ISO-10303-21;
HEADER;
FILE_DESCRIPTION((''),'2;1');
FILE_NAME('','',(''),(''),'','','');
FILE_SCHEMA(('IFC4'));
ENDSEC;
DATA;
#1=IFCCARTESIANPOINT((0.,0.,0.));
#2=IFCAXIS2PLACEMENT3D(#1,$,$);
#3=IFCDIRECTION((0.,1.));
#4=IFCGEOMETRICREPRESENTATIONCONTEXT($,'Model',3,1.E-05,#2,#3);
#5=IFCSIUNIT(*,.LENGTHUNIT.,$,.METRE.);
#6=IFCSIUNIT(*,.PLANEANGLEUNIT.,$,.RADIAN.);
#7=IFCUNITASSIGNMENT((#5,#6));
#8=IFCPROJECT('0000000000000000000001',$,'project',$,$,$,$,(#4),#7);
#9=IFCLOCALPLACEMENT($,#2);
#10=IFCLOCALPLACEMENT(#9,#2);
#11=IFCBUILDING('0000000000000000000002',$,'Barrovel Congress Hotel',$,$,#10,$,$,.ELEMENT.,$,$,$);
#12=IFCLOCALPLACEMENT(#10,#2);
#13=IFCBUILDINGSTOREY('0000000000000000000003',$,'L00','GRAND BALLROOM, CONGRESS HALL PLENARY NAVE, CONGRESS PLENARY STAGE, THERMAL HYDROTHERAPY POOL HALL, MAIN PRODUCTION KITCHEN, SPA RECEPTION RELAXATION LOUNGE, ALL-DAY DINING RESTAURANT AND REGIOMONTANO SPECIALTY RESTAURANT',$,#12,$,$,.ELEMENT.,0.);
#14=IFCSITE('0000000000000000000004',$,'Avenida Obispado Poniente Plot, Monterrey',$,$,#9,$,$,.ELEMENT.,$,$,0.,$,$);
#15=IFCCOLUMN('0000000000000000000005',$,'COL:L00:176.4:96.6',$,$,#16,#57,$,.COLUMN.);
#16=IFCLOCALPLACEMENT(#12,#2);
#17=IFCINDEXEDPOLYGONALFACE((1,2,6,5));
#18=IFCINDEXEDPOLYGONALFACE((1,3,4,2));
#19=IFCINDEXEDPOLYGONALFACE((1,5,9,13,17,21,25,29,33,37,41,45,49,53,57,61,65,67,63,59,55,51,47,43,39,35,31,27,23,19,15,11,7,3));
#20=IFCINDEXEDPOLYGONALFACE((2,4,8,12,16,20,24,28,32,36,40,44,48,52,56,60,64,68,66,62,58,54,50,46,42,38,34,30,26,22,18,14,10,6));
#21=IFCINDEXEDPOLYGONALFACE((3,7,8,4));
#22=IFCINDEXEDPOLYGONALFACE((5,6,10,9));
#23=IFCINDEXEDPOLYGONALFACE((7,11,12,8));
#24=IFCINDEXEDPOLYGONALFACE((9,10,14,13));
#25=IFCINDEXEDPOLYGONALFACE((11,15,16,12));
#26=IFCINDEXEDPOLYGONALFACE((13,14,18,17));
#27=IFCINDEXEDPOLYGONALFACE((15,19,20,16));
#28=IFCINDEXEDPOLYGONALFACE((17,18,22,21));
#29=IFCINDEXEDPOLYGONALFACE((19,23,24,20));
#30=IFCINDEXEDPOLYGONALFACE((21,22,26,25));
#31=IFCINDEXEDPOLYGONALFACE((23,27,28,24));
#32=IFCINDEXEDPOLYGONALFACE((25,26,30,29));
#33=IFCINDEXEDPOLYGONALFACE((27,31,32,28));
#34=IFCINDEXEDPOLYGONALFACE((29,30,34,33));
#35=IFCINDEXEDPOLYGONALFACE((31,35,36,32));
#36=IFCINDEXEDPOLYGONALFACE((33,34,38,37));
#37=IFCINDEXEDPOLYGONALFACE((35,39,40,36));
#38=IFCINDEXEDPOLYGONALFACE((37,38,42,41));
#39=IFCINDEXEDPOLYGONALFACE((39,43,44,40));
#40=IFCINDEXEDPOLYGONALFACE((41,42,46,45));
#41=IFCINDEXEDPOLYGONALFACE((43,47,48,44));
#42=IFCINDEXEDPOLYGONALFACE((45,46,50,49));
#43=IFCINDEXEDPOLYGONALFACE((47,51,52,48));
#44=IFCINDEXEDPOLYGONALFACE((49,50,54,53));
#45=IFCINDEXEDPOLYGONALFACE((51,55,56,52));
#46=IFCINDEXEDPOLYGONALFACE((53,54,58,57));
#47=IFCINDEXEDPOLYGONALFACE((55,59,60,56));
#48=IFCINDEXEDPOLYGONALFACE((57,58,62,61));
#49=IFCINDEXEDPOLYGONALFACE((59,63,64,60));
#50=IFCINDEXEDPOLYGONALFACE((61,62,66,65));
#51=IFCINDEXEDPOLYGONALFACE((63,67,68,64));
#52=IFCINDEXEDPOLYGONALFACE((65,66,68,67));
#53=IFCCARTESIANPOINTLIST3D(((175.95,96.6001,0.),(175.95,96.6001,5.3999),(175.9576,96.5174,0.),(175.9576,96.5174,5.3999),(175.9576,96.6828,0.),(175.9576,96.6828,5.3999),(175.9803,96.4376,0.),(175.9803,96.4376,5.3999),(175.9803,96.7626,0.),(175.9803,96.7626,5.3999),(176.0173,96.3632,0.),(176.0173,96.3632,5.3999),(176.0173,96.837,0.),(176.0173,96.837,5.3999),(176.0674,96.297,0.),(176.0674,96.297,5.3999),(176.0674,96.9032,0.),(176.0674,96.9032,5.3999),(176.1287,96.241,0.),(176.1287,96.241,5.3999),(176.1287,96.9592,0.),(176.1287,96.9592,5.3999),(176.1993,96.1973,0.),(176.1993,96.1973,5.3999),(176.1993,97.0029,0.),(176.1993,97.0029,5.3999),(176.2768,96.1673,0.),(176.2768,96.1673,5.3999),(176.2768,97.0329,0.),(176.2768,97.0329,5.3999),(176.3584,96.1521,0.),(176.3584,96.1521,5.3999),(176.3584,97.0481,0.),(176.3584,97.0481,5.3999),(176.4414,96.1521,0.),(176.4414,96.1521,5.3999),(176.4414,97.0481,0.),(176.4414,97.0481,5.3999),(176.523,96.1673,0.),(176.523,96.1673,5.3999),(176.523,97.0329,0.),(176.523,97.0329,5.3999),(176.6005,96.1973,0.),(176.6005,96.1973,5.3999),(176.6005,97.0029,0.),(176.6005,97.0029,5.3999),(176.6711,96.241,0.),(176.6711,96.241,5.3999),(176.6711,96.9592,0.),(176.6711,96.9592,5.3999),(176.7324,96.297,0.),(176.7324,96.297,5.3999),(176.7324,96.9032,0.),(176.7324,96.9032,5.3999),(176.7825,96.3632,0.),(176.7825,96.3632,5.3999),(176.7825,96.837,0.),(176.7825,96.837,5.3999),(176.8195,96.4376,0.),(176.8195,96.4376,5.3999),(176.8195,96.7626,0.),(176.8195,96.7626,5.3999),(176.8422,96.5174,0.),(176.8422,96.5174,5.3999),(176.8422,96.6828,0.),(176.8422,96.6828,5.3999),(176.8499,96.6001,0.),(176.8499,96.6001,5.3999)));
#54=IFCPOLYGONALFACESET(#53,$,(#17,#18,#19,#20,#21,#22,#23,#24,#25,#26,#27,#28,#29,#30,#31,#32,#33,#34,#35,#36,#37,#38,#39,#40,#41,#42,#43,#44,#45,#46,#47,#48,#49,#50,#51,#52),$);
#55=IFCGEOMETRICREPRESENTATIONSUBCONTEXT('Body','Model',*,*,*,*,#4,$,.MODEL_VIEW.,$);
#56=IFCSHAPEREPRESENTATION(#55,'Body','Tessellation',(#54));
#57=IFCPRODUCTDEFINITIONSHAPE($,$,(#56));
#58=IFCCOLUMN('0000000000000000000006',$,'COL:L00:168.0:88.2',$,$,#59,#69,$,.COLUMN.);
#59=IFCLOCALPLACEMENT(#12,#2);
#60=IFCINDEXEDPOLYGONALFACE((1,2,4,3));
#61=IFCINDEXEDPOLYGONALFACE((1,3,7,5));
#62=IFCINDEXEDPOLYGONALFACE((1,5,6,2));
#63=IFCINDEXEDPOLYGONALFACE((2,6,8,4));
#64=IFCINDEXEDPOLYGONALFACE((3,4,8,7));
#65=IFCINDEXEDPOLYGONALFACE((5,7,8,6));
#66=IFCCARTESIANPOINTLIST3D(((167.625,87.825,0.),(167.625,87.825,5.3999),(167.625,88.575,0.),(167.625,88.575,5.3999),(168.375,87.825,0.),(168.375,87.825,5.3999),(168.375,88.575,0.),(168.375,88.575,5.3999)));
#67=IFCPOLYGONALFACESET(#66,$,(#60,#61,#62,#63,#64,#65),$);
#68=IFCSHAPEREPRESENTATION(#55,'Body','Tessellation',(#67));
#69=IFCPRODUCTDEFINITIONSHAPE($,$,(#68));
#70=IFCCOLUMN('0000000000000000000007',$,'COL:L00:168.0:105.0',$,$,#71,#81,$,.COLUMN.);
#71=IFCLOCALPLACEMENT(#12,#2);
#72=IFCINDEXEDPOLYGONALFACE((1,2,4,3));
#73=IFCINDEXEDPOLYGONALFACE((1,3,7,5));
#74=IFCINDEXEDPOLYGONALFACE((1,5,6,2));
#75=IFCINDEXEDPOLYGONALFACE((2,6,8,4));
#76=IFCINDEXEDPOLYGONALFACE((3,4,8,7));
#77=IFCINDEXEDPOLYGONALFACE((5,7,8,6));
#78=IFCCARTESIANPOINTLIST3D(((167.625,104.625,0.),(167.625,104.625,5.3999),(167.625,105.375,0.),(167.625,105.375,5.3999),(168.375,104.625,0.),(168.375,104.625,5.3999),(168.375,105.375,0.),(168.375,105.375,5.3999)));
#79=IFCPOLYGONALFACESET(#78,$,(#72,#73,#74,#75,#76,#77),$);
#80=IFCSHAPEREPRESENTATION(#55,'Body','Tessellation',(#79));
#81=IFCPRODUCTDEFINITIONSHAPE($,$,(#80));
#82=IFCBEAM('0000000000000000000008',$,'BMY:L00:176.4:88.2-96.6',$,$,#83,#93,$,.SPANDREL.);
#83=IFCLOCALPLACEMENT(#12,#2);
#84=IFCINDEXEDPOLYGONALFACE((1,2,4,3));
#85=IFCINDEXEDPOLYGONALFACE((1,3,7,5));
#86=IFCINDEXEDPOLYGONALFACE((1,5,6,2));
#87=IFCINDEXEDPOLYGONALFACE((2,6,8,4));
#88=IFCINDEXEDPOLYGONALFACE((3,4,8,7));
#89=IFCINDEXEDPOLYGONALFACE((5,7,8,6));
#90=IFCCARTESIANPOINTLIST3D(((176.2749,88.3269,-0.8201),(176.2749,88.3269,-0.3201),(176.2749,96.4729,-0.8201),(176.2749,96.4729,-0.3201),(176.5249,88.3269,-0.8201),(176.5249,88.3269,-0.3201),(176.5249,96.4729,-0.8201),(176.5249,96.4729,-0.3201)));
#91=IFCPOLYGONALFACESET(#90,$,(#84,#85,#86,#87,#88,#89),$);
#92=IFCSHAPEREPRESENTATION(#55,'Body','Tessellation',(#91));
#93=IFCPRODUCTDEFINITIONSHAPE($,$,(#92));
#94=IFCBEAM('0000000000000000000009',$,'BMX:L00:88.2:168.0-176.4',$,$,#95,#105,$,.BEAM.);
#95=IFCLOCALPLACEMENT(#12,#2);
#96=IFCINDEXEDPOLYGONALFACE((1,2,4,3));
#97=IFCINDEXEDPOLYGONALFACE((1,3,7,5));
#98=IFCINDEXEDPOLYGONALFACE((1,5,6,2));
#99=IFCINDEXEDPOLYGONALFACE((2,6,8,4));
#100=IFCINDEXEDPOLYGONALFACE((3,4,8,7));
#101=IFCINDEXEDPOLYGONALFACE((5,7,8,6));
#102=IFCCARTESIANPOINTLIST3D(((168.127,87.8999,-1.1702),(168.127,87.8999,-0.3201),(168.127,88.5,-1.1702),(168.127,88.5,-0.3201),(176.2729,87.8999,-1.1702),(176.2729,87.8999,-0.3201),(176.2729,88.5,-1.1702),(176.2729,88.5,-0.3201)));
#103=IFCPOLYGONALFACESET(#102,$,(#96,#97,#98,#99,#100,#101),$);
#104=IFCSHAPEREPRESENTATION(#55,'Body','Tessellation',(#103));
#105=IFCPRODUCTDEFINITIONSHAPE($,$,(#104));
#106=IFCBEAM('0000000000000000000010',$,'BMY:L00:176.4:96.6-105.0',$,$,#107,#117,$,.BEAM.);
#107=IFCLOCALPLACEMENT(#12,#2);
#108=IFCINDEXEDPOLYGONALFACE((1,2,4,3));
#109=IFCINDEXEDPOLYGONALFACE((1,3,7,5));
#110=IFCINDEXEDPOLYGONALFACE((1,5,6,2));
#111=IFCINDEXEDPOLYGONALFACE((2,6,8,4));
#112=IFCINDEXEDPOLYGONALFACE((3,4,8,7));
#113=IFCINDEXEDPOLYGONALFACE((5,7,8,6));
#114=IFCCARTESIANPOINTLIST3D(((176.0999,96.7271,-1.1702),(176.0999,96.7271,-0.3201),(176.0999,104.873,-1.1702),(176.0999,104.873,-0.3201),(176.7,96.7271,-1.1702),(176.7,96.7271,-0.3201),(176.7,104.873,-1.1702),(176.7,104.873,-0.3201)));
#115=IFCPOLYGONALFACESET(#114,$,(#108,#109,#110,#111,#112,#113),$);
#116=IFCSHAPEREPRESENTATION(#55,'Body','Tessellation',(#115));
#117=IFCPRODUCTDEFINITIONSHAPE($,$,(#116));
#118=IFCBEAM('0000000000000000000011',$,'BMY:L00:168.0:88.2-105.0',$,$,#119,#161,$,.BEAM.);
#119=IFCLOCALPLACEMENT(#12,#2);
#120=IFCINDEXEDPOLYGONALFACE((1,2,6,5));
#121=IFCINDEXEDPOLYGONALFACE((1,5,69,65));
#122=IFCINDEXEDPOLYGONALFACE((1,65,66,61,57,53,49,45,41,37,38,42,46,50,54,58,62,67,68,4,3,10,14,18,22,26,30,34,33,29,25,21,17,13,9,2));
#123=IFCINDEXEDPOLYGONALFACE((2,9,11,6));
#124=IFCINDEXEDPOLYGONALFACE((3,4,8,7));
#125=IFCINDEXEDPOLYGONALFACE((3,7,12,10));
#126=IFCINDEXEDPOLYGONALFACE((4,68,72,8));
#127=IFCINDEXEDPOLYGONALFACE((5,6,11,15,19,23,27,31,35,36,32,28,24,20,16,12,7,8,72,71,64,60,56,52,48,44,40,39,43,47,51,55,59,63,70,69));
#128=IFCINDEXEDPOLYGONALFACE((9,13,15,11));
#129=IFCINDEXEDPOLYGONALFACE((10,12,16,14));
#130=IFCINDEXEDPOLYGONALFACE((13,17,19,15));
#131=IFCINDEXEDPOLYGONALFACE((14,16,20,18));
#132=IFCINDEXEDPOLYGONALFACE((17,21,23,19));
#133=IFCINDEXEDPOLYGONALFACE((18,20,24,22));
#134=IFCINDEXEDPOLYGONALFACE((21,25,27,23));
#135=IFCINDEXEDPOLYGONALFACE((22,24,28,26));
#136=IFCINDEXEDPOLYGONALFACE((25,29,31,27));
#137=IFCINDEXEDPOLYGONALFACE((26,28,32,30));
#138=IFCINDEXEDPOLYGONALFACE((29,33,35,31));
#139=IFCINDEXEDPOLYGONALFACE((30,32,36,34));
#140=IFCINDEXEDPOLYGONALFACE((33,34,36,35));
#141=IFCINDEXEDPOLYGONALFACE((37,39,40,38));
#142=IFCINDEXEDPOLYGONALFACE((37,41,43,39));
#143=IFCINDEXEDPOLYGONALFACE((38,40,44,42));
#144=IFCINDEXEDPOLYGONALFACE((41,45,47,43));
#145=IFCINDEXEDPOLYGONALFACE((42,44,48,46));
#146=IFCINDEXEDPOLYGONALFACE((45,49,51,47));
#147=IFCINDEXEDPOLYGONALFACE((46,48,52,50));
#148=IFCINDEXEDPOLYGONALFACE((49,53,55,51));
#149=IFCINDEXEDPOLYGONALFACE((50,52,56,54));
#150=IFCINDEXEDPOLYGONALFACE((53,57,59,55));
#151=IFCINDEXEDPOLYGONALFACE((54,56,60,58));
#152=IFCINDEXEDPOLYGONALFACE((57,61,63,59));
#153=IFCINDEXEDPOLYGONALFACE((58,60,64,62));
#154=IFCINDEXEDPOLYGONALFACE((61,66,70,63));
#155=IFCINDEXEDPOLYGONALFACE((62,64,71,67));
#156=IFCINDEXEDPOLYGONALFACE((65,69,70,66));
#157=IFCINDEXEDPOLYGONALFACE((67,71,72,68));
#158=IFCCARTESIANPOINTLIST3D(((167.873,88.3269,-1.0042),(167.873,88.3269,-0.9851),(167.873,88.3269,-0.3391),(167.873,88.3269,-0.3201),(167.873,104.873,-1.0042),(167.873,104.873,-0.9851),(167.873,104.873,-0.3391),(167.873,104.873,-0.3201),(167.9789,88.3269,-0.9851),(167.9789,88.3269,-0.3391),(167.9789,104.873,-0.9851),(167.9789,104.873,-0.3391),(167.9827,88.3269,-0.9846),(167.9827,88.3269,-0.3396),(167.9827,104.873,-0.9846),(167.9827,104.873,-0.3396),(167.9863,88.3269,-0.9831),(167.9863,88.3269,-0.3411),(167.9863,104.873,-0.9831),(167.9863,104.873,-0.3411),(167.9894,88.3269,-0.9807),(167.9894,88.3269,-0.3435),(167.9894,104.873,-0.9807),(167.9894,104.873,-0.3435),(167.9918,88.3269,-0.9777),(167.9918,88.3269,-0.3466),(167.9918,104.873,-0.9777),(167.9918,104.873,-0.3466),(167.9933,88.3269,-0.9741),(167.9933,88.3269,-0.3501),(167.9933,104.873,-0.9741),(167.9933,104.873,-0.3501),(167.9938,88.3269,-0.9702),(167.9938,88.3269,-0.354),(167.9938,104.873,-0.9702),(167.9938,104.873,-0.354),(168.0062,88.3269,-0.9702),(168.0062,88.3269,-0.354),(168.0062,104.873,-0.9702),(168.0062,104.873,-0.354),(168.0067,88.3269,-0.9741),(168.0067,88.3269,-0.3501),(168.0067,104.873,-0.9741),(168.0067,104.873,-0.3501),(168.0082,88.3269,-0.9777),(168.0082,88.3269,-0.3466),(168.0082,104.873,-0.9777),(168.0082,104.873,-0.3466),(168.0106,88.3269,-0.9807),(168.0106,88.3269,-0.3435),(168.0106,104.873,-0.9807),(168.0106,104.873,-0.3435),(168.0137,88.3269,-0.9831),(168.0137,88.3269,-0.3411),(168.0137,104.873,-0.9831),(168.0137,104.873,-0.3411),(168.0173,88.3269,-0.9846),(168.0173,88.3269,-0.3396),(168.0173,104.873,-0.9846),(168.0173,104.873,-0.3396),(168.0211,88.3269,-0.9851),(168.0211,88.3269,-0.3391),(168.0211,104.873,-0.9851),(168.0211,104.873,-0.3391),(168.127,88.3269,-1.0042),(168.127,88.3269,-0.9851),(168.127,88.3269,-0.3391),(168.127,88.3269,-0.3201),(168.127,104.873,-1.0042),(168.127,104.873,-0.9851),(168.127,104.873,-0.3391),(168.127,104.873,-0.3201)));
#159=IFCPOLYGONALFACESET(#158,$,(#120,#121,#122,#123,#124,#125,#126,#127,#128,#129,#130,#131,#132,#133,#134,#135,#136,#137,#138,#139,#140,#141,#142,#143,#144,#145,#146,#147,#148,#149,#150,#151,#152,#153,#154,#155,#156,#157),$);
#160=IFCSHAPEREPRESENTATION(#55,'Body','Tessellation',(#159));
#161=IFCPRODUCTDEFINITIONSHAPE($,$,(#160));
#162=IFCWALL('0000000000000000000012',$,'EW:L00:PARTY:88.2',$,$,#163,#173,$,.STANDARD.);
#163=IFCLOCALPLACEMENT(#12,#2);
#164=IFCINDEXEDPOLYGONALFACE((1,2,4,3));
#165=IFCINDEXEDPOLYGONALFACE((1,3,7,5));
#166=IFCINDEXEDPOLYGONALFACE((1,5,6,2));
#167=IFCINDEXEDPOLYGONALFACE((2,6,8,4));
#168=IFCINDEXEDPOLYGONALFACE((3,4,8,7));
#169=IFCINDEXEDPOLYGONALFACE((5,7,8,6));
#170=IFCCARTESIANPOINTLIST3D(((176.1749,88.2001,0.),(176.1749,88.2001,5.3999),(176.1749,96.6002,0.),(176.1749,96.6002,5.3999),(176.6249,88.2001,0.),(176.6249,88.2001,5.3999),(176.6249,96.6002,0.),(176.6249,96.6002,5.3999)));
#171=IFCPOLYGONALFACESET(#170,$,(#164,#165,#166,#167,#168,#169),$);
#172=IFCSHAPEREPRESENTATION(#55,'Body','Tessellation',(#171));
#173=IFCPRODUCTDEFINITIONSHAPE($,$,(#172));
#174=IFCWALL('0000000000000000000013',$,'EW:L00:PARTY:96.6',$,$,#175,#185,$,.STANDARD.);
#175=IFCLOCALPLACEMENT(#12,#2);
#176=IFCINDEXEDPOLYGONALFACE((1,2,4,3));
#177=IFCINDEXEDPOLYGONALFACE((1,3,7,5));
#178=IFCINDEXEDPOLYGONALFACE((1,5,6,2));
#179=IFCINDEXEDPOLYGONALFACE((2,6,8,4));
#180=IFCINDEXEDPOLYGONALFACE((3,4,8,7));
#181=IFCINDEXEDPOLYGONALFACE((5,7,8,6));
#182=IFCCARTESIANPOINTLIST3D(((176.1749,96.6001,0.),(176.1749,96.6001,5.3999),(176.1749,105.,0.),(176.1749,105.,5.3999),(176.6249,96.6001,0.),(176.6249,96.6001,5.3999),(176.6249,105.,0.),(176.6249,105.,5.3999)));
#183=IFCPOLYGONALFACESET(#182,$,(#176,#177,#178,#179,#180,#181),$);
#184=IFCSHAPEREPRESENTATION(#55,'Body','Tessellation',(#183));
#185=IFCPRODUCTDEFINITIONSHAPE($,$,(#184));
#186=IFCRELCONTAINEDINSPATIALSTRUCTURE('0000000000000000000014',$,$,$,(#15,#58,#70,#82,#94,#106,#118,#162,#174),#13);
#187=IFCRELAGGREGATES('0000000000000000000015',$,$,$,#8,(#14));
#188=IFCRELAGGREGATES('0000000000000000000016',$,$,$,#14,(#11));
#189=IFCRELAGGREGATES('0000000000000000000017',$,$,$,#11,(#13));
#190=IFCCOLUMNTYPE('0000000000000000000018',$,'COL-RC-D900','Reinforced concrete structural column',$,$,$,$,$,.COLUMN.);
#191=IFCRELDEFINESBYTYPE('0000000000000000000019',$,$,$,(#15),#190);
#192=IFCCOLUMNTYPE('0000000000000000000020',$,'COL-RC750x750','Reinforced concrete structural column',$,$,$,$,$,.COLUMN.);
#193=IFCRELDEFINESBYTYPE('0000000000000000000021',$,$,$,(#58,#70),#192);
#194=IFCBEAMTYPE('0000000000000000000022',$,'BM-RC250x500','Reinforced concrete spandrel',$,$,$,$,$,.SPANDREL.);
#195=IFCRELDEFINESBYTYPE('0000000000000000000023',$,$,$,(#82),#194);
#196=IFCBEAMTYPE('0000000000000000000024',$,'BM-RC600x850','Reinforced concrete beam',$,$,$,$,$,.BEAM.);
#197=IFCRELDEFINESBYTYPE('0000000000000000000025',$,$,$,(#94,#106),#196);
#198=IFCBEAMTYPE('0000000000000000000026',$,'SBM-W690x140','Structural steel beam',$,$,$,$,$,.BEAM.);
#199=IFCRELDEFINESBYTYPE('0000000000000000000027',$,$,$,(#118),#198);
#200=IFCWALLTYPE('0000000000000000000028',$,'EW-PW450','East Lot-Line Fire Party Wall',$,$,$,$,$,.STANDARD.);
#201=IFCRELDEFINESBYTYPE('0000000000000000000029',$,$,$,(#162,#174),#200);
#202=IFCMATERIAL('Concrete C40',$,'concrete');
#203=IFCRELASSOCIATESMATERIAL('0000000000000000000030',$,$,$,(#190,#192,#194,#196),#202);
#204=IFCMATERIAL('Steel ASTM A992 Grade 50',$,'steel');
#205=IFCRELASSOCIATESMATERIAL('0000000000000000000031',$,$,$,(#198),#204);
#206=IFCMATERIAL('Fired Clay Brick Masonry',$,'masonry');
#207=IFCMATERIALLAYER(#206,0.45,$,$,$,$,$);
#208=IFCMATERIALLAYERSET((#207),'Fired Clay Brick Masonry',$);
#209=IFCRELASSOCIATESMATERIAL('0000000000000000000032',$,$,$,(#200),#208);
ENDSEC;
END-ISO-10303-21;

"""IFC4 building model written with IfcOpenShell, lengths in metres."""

from ifc_helpers import new_model, si_unit, direction, frame, frame_2d, origin, origin_2d, place, context, subcontext, project, spatial, rectangle, circle, i_section, extrude, material, layer, layer_set, material_profile, profile_set, type_object, element, save


model = new_model("IFC4")

# Units and contexts
model_context = context("Model", 3, precision=1e-05, world=origin(), true_north=direction((0.0, 1.0)))
body_context = subcontext(model_context, "Body", "Model", "MODEL_VIEW")
ifc_project = project(units=[si_unit("LENGTHUNIT", "METRE"), si_unit("PLANEANGLEUNIT", "RADIAN")], contexts=[model_context])

# Site, building, storey
site_placement = place(None, origin())
site = spatial("IfcSite", under=ifc_project, at=site_placement, Name="Avenida Obispado Poniente Plot, Monterrey", CompositionType="ELEMENT", RefElevation=0.0)
building_placement = place(site_placement, origin())
building = spatial("IfcBuilding", under=site, at=building_placement, Name="Barrovel Congress Hotel", CompositionType="ELEMENT")
storey_placement = place(building_placement, origin())
storey = spatial("IfcBuildingStorey", under=building, at=storey_placement, Name="L00", Description="GRAND BALLROOM, CONGRESS HALL PLENARY NAVE, CONGRESS PLENARY STAGE, THERMAL HYDROTHERAPY POOL HALL, MAIN PRODUCTION KITCHEN, SPA RECEPTION RELAXATION LOUNGE, ALL-DAY DINING RESTAURANT AND REGIOMONTANO SPECIALTY RESTAURANT", CompositionType="ELEMENT", Elevation=0.0)

# Shared definitions
ifc_material_1 = material(Name="Concrete C40", Category="concrete")

# Columns
ifc_material_profile_1 = material_profile(ifc_material_1, circle(Radius=0.45, at=origin_2d()), Name="RC-D900")
ifc_profile_set_1 = profile_set([ifc_material_profile_1], Name="Concrete C40")
column_type_1 = type_object("IfcColumnType", Name="COL-RC-D900", Description="Reinforced concrete structural column", PredefinedType="COLUMN", material=ifc_profile_set_1)
for number, where, z_axis, x_axis, name in (
    (1, (176.3999, 96.6001, 0.0), (0.0, 0.0, 1.0), (1.0, 0.0, 0.0), "COL:L00:176.4:96.6"),
):
    element("IfcColumn", number, at=place(storey_placement, frame(where, z_axis=z_axis, x_axis=x_axis)), inside=storey, type_object=column_type_1, Name=name, PredefinedType="COLUMN", context=body_context, shape_type="SweptSolid", body=[
        extrude(circle(Radius=0.45, at=origin_2d()), origin(), (0.0, 0.0, 1.0), 5.3999),
    ])
ifc_material_profile_2 = material_profile(ifc_material_1, rectangle(XDim=0.75, YDim=0.75, at=origin_2d()), Name="RC750x750")
ifc_profile_set_2 = profile_set([ifc_material_profile_2], Name="Concrete C40")
column_type_2 = type_object("IfcColumnType", Name="COL-RC750x750", Description="Reinforced concrete structural column", PredefinedType="COLUMN", material=ifc_profile_set_2)
for number, where, z_axis, x_axis, name in (
    (2, (168.0, 88.2, 0.0), (0.0, 0.0, 1.0), (1.0, 0.0, 0.0), "COL:L00:168.0:88.2"),
    (3, (168.0, 105.0, 0.0), (0.0, 0.0, 1.0), (1.0, 0.0, 0.0), "COL:L00:168.0:105.0"),
):
    element("IfcColumn", number, at=place(storey_placement, frame(where, z_axis=z_axis, x_axis=x_axis)), inside=storey, type_object=column_type_2, Name=name, PredefinedType="COLUMN", context=body_context, shape_type="SweptSolid", body=[
        extrude(rectangle(XDim=0.75, YDim=0.75, at=origin_2d()), origin(), (0.0, 0.0, 1.0), 5.3999),
    ])

# Beams
ifc_material_profile_3 = material_profile(ifc_material_1, rectangle(XDim=0.25, YDim=0.5, at=origin_2d()), Name="RC250x500")
ifc_profile_set_3 = profile_set([ifc_material_profile_3], Name="Concrete C40")
beam_type_1 = type_object("IfcBeamType", Name="BM-RC250x500", Description="Reinforced concrete spandrel", PredefinedType="SPANDREL", material=ifc_profile_set_3)
beam_1_placement = place(storey_placement, frame((176.3999, 88.3269, -0.5701), z_axis=(0.0, 1.0, 0.0), x_axis=(-1.0, 0.0, 0.0)))
element("IfcBeam", 4, at=beam_1_placement, inside=storey, type_object=beam_type_1, Name="BMY:L00:176.4:88.2-96.6", PredefinedType="SPANDREL", context=body_context, shape_type="SweptSolid", body=[
    extrude(rectangle(XDim=0.25, YDim=0.5, at=origin_2d()), origin(), (0.0, 0.0, 1.0), 8.146),
])
ifc_material_profile_4 = material_profile(ifc_material_1, rectangle(XDim=0.6001, YDim=0.8501, at=origin_2d()), Name="RC600x850")
ifc_profile_set_4 = profile_set([ifc_material_profile_4], Name="Concrete C40")
beam_type_2 = type_object("IfcBeamType", Name="BM-RC600x850", Description="Reinforced concrete beam", PredefinedType="BEAM", material=ifc_profile_set_4)
for number, where, z_axis, x_axis, name in (
    (5, (168.127, 88.2, -0.7451), (1.0, 0.0, 0.0), (0.0, 1.0, 0.0), "BMX:L00:88.2:168.0-176.4"),
    (6, (176.3999, 96.7271, -0.7451), (0.0, 1.0, 0.0), (-1.0, 0.0, 0.0), "BMY:L00:176.4:96.6-105.0"),
):
    element("IfcBeam", number, at=place(storey_placement, frame(where, z_axis=z_axis, x_axis=x_axis)), inside=storey, type_object=beam_type_2, Name=name, PredefinedType="BEAM", context=body_context, shape_type="SweptSolid", body=[
        extrude(rectangle(XDim=0.6001, YDim=0.8501, at=origin_2d()), origin(), (0.0, 0.0, 1.0), 8.146),
    ])
ifc_material_2 = material(Name="Steel ASTM A992 Grade 50", Category="steel")
ifc_material_profile_5 = material_profile(ifc_material_2, i_section(OverallWidth=0.2539, OverallDepth=0.6841, WebThickness=0.0125, FlangeThickness=0.019, FilletRadius=0.0149, at=origin_2d()), Name="W690x140")
ifc_profile_set_5 = profile_set([ifc_material_profile_5], Name="Steel ASTM A992 Grade 50")
beam_type_3 = type_object("IfcBeamType", Name="SBM-W690x140", Description="Structural steel beam", PredefinedType="BEAM", material=ifc_profile_set_5)
beam_2_placement = place(storey_placement, frame((168.0, 88.3269, -0.6621), z_axis=(0.0, 1.0, 0.0), x_axis=(-1.0, 0.0, 0.0)))
element("IfcBeam", 7, at=beam_2_placement, inside=storey, type_object=beam_type_3, Name="BMY:L00:168.0:88.2-105.0", PredefinedType="BEAM", context=body_context, shape_type="SweptSolid", body=[
    extrude(i_section(OverallWidth=0.2539, OverallDepth=0.6841, WebThickness=0.0125, FlangeThickness=0.019, FilletRadius=0.0149, at=origin_2d()), origin(), (0.0, 0.0, 1.0), 16.5461),
])

# Walls
ifc_material_3 = material(Name="Fired Clay Brick Masonry", Category="masonry")
ifc_layer = layer(ifc_material_3, 0.45)
ifc_layer_set = layer_set([ifc_layer], Name="Fired Clay Brick Masonry")
wall_type = type_object("IfcWallType", Name="EW-PW450", Description="East Lot-Line Fire Party Wall", PredefinedType="STANDARD", material=ifc_layer_set)
wall_1_placement = place(storey_placement, frame((176.3999, 88.2, 0.0), z_axis=(0.0, 0.0, 1.0), x_axis=(0.0, 1.0, 0.0)))
element("IfcWall", 8, at=wall_1_placement, inside=storey, type_object=wall_type, Name="EW:L00:PARTY:88.2", PredefinedType="STANDARD", context=body_context, shape_type="SweptSolid", body=[
    extrude(rectangle(XDim=8.4001, YDim=0.45, at=frame_2d((4.2002, 0.0))), origin(), (0.0, 0.0, 1.0), 5.3999),
])
wall_2_placement = place(storey_placement, frame((176.3999, 96.6001, 0.0), z_axis=(0.0, 0.0, 1.0), x_axis=(0.0, 1.0, 0.0)))
element("IfcWall", 9, at=wall_2_placement, inside=storey, type_object=wall_type, Name="EW:L00:PARTY:96.6", PredefinedType="STANDARD", context=body_context, shape_type="SweptSolid", body=[
    extrude(rectangle(XDim=8.3999, YDim=0.45, at=frame_2d((4.2, 0.0))), origin(), (0.0, 0.0, 1.0), 5.3999),
])

save(model, "model.ifc")
